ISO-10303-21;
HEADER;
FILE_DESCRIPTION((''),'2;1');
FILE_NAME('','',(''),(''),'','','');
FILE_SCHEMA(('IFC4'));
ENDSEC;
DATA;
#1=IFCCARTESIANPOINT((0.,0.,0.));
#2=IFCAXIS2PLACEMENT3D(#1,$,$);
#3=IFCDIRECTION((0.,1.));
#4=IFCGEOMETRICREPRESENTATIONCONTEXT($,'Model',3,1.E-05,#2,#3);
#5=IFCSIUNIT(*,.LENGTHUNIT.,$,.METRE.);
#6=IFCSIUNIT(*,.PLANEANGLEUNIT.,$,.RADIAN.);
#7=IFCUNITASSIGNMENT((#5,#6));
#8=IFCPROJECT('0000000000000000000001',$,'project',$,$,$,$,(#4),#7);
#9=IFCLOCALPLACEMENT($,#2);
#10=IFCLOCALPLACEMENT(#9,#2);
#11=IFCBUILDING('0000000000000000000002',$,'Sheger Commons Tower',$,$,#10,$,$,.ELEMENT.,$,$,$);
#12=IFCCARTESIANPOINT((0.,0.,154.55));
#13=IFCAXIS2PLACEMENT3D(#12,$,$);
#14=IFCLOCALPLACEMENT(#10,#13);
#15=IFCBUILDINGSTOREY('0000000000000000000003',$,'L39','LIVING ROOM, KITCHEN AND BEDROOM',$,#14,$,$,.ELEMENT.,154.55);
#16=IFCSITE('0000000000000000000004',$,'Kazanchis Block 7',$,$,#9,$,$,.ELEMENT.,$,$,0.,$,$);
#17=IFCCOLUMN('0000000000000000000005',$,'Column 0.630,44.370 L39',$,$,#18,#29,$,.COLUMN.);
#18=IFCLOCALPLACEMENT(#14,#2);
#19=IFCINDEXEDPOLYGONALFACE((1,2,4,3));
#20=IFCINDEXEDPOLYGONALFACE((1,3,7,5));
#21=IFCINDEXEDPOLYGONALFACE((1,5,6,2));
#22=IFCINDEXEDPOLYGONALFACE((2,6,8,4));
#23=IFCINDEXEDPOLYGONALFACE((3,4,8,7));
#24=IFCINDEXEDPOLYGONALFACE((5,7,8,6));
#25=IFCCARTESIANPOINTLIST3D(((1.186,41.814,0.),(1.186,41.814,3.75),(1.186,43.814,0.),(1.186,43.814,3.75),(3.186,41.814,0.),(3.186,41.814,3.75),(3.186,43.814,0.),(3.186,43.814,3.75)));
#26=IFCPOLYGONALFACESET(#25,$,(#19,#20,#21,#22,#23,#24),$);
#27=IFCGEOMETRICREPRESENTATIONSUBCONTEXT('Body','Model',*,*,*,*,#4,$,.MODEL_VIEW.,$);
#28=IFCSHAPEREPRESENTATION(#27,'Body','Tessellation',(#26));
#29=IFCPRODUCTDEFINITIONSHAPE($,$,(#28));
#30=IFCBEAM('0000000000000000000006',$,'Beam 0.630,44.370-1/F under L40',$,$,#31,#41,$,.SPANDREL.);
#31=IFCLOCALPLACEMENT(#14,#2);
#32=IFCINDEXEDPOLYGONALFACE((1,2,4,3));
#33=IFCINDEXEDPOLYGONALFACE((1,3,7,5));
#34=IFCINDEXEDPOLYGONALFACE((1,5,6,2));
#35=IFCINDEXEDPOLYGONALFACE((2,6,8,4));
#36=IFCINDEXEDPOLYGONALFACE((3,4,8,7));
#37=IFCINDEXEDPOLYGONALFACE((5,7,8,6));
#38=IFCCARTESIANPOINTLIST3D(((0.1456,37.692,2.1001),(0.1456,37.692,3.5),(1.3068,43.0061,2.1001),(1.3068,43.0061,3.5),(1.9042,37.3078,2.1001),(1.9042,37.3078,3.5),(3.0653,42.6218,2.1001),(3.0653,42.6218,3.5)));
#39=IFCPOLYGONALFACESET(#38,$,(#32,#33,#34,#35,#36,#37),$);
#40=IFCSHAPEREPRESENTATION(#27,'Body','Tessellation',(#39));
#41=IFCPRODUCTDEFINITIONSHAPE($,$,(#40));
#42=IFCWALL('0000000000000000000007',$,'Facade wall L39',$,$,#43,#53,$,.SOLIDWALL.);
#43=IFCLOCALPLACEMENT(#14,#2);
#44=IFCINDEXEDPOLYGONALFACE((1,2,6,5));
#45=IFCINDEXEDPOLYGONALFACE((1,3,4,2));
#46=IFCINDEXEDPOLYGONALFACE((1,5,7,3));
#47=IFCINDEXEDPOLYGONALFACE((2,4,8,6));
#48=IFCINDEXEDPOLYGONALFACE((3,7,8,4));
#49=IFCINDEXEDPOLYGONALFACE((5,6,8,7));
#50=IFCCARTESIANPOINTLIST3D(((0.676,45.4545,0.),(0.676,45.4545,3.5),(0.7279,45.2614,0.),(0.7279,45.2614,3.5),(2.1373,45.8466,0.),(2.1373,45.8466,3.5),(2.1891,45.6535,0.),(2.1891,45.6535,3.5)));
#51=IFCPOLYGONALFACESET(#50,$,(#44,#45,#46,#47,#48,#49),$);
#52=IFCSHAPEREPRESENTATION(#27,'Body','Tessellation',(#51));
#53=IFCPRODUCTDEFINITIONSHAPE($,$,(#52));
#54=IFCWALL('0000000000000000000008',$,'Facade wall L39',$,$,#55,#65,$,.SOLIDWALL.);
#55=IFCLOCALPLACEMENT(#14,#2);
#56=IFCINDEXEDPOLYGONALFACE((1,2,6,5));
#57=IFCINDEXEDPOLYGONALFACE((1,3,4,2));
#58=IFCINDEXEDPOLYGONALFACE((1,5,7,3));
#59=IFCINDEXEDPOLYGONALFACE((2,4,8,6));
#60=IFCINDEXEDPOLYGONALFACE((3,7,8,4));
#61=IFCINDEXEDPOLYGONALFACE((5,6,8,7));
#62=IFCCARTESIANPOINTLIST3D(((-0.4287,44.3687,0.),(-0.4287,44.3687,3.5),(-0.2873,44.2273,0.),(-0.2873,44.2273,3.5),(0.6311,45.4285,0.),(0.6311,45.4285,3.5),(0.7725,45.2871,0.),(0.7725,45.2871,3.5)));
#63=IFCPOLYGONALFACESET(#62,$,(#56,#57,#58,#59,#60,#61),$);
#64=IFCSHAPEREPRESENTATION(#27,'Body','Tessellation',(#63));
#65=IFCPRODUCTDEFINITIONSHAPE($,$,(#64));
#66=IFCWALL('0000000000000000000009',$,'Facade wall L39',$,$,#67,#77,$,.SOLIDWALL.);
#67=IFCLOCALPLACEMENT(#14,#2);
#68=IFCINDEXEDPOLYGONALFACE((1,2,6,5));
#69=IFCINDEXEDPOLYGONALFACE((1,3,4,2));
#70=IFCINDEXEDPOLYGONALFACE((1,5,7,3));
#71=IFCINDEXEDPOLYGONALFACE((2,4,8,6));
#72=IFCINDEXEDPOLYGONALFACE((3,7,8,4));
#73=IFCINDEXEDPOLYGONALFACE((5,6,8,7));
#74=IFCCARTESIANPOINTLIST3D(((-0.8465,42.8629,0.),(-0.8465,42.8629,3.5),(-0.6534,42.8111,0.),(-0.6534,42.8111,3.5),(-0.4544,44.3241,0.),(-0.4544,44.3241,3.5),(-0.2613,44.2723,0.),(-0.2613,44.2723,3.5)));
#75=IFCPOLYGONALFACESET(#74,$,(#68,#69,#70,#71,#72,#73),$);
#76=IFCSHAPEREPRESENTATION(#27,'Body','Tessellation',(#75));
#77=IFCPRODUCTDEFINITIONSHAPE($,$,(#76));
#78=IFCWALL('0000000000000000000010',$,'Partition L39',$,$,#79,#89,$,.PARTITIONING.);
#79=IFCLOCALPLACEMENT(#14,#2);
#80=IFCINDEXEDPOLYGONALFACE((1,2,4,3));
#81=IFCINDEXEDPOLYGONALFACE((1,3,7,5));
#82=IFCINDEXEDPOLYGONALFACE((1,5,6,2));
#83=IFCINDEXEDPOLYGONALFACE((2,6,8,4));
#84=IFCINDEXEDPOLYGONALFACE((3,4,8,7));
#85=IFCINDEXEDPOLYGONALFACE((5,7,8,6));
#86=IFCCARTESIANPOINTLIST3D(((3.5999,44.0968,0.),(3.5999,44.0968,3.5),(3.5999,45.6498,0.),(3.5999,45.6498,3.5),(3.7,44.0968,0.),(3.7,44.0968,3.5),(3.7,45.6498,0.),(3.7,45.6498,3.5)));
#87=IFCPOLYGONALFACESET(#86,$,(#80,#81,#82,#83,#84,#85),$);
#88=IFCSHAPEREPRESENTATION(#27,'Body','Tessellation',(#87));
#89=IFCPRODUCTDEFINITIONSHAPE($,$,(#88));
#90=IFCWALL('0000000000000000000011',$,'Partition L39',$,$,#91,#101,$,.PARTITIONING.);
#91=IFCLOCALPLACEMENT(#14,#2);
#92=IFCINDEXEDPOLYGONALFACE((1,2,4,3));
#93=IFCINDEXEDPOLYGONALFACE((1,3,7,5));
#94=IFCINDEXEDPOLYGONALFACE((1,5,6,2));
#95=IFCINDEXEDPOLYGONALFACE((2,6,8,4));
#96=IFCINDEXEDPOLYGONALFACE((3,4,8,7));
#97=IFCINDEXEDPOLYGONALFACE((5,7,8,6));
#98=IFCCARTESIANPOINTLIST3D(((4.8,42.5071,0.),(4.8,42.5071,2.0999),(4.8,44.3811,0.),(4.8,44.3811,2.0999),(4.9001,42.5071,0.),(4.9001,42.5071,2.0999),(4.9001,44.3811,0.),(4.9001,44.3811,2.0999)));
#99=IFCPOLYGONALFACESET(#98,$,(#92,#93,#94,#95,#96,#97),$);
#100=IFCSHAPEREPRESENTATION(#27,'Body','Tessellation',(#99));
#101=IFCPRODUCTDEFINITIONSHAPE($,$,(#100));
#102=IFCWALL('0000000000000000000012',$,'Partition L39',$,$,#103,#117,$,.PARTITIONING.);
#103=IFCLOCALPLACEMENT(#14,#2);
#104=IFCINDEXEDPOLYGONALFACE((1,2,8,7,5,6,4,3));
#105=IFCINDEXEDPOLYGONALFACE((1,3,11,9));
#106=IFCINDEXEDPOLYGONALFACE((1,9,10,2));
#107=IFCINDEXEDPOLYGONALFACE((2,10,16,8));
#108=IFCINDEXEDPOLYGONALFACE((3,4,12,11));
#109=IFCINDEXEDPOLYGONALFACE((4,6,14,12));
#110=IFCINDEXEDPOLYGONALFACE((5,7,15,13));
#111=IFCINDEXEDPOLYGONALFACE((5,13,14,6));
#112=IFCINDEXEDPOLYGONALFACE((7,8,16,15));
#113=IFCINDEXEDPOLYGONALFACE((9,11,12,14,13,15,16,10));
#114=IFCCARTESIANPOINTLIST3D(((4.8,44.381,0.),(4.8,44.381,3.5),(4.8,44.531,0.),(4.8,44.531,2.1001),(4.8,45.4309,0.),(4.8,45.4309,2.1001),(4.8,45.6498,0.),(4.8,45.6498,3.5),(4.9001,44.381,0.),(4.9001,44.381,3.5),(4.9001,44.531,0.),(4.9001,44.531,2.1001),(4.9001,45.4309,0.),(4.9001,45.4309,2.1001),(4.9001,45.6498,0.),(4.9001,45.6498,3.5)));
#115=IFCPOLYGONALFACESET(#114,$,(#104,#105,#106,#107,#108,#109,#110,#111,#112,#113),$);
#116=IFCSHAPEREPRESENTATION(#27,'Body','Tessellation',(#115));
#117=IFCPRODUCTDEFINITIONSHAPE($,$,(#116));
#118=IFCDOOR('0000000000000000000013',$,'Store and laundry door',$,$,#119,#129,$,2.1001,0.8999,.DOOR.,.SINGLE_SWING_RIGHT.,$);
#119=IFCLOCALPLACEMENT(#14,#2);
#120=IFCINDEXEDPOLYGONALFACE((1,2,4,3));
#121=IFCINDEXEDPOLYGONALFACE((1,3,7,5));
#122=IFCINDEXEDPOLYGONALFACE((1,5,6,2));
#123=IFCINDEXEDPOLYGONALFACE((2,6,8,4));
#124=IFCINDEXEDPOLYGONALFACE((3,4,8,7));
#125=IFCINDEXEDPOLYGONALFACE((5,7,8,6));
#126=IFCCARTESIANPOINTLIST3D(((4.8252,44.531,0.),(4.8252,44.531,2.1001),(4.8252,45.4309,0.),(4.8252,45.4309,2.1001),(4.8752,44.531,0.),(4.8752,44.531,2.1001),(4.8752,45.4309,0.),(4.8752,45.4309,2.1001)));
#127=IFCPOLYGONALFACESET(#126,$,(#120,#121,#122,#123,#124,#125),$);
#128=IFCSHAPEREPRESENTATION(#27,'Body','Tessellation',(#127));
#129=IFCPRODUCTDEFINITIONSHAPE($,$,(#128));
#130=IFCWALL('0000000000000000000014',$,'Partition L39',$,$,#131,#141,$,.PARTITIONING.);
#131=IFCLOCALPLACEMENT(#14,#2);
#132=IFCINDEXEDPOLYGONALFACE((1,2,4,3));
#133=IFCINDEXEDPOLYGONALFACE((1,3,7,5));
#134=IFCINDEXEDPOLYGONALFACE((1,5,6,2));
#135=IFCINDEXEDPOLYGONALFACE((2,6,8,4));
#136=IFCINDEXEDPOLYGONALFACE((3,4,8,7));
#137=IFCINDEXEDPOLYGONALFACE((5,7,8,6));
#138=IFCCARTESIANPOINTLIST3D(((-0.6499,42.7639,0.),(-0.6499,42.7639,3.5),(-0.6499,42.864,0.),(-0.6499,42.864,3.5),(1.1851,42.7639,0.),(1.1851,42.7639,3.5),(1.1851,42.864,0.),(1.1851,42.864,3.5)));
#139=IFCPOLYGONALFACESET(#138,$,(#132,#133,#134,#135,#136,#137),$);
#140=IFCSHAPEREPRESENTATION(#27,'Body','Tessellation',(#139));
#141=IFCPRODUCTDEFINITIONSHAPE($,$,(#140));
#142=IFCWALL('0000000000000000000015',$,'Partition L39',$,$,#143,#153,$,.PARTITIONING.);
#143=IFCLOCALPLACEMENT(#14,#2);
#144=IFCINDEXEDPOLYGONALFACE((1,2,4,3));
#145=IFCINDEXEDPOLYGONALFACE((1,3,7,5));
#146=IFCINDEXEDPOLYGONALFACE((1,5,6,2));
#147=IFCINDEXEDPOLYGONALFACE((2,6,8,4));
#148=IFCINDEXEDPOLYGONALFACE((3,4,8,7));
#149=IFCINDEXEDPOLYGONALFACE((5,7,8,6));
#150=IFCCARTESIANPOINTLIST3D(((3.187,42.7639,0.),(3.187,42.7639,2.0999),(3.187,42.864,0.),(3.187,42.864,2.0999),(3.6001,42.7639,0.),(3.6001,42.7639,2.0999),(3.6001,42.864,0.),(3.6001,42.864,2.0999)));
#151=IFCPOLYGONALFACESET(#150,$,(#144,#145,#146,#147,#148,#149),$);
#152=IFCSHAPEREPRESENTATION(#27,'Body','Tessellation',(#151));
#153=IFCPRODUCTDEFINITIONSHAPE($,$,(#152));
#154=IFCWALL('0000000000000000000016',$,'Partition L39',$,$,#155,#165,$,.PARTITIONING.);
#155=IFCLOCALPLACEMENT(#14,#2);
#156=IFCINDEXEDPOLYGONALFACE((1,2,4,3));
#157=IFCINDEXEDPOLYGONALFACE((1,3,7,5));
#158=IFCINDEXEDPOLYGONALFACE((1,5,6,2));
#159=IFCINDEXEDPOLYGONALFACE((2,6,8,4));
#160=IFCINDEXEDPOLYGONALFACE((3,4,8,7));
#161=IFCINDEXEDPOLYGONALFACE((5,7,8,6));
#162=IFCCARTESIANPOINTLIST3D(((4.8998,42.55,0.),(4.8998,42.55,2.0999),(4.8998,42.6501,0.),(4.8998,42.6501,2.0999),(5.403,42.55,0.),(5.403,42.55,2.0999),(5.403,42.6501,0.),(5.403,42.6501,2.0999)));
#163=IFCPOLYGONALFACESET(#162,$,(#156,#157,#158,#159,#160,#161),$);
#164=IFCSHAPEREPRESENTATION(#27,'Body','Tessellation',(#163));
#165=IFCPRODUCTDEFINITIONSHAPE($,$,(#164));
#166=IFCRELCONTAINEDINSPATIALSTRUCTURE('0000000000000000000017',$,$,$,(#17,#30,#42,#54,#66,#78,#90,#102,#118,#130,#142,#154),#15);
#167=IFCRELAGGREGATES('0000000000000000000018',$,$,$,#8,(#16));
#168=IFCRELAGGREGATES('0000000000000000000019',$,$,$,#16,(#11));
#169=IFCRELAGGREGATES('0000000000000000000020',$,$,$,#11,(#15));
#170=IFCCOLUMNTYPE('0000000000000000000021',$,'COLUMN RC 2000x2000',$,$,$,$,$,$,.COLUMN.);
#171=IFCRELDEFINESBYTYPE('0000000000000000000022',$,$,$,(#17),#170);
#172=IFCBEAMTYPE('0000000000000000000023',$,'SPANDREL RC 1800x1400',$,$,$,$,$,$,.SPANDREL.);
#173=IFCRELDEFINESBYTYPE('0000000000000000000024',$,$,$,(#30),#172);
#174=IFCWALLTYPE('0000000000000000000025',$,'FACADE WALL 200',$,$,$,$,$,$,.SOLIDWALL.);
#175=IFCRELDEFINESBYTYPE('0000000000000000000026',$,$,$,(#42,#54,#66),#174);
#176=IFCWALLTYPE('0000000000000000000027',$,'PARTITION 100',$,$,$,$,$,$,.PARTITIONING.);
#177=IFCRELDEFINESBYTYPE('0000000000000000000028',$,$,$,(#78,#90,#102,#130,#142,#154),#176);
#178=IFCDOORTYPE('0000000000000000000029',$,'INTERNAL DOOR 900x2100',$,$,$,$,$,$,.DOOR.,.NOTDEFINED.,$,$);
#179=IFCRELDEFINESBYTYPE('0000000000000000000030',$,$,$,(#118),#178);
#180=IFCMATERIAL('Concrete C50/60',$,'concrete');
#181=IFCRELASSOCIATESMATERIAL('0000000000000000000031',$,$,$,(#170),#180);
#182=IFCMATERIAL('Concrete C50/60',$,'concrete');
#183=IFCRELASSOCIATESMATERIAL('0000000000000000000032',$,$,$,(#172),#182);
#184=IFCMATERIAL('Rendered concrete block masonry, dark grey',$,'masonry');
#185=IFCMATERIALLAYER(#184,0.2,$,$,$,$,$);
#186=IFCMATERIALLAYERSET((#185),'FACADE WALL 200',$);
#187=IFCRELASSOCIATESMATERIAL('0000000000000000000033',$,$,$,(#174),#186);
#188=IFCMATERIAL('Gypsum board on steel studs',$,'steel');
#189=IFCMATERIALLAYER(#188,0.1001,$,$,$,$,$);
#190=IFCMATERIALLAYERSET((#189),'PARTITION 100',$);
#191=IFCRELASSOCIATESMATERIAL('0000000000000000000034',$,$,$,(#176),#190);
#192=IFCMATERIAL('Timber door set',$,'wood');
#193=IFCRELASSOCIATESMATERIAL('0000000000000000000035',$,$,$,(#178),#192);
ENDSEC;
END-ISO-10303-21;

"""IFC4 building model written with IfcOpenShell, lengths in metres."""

from ifc_helpers import new_model, si_unit, direction, frame, frame_2d, origin, origin_2d, place, context, subcontext, project, spatial, rectangle, extrude, material, layer, layer_set, material_profile, profile_set, type_object, element, fill, save


model = new_model("IFC4")

# Units and contexts
model_context = context("Model", 3, precision=1e-05, world=origin(), true_north=direction((0.0, 1.0)))
body_context = subcontext(model_context, "Body", "Model", "MODEL_VIEW")
ifc_project = project(units=[si_unit("LENGTHUNIT", "METRE"), si_unit("PLANEANGLEUNIT", "RADIAN")], contexts=[model_context])

# Site, building, storey
site_placement = place(None, origin())
site = spatial("IfcSite", under=ifc_project, at=site_placement, Name="Kazanchis Block 7", CompositionType="ELEMENT", RefElevation=0.0)
building_placement = place(site_placement, origin())
building = spatial("IfcBuilding", under=site, at=building_placement, Name="Sheger Commons Tower", CompositionType="ELEMENT")
storey_placement = place(building_placement, frame((0.0, 0.0, 154.55)))
storey = spatial("IfcBuildingStorey", under=building, at=storey_placement, Name="L39", Description="LIVING ROOM, KITCHEN AND BEDROOM", CompositionType="ELEMENT", Elevation=154.55)

# Column
ifc_material_1 = material(Name="Concrete C50/60", Category="concrete")
ifc_material_profile_1 = material_profile(ifc_material_1, rectangle(XDim=2.0, YDim=2.0, at=origin_2d()), Name="RC 2000x2000")
ifc_profile_set_1 = profile_set([ifc_material_profile_1], Name="Concrete C50/60")
column_type = type_object("IfcColumnType", Name="COLUMN RC 2000x2000", PredefinedType="COLUMN", material=ifc_profile_set_1)
column_placement = place(storey_placement, frame((2.186, 42.814, 0.0), z_axis=(0.0, 0.0, 1.0), x_axis=(1.0, 0.0, 0.0)))
element("IfcColumn", 1, at=column_placement, inside=storey, type_object=column_type, Name="Column 0.630,44.370 L39", PredefinedType="COLUMN", context=body_context, shape_type="SweptSolid", body=[
    extrude(rectangle(XDim=2.0, YDim=2.0, at=origin_2d()), origin(), (0.0, 0.0, 1.0), 3.75),
])

# Beam
ifc_material_2 = material(Name="Concrete C50/60", Category="concrete")
ifc_material_profile_2 = material_profile(ifc_material_2, rectangle(XDim=1.8, YDim=1.3999, at=origin_2d()), Name="RC 1800x1400")
ifc_profile_set_2 = profile_set([ifc_material_profile_2], Name="Concrete C50/60")
beam_type = type_object("IfcBeamType", Name="SPANDREL RC 1800x1400", PredefinedType="SPANDREL", material=ifc_profile_set_2)
beam_placement = place(storey_placement, frame((2.186, 42.814, 2.8), z_axis=(-0.213469, -0.97695, 0.0), x_axis=(0.97695, -0.213469, 0.0)))
element("IfcBeam", 2, at=beam_placement, inside=storey, type_object=beam_type, Name="Beam 0.630,44.370-1/F under L40", PredefinedType="SPANDREL", context=body_context, shape_type="SweptSolid", body=[
    extrude(rectangle(XDim=1.8, YDim=1.3999, at=origin_2d()), origin(), (0.0, 0.0, 1.0), 5.4395),
])

# Walls
ifc_material_3 = material(Name="Rendered concrete block masonry, dark grey", Category="masonry")
ifc_layer_1 = layer(ifc_material_3, 0.2)
ifc_layer_set_1 = layer_set([ifc_layer_1], Name="FACADE WALL 200")
wall_type_1 = type_object("IfcWallType", Name="FACADE WALL 200", PredefinedType="SOLIDWALL", material=ifc_layer_set_1)
wall_1_placement = place(storey_placement, frame((2.1631, 45.75, 0.0), z_axis=(0.0, 0.0, 1.0), x_axis=(-0.965832, -0.259169, 0.0)))
element("IfcWall", 3, at=wall_1_placement, inside=storey, type_object=wall_type_1, Name="Facade wall L39", PredefinedType="SOLIDWALL", context=body_context, shape_type="SweptSolid", body=[
    extrude(rectangle(XDim=1.5129, YDim=0.2, at=frame_2d((0.7563, 0.0))), origin(), (0.0, 0.0, 1.0), 3.5),
])
wall_2_placement = place(storey_placement, frame((0.7019, 45.3579, 0.0), z_axis=(0.0, 0.0, 1.0), x_axis=(-0.707107, -0.707107, 0.0)))
element("IfcWall", 4, at=wall_2_placement, inside=storey, type_object=wall_type_1, Name="Facade wall L39", PredefinedType="SOLIDWALL", context=body_context, shape_type="SweptSolid", body=[
    extrude(rectangle(XDim=1.4988, YDim=0.2, at=frame_2d((0.7495, 0.0))), origin(), (0.0, 0.0, 1.0), 3.5),
])
wall_3_placement = place(storey_placement, frame((-0.3579, 44.2981, 0.0), z_axis=(0.0, 0.0, 1.0), x_axis=(-0.259169, -0.965832, 0.0)))
element("IfcWall", 5, at=wall_3_placement, inside=storey, type_object=wall_type_1, Name="Facade wall L39", PredefinedType="SOLIDWALL", context=body_context, shape_type="SweptSolid", body=[
    extrude(rectangle(XDim=1.5129, YDim=0.2, at=frame_2d((0.7563, 0.0))), origin(), (0.0, 0.0, 1.0), 3.5),
])

# Walls
ifc_material_4 = material(Name="Gypsum board on steel studs", Category="steel")
ifc_layer_2 = layer(ifc_material_4, 0.1001)
ifc_layer_set_2 = layer_set([ifc_layer_2], Name="PARTITION 100")
wall_type_2 = type_object("IfcWallType", Name="PARTITION 100", PredefinedType="PARTITIONING", material=ifc_layer_set_2)
wall_4_placement = place(storey_placement, frame((3.6499, 44.0969, 0.0), z_axis=(0.0, 0.0, 1.0), x_axis=(0.0, 1.0, 0.0)))
element("IfcWall", 6, at=wall_4_placement, inside=storey, type_object=wall_type_2, Name="Partition L39", PredefinedType="PARTITIONING", context=body_context, shape_type="SweptSolid", body=[
    extrude(rectangle(XDim=1.553, YDim=0.1001, at=frame_2d((0.7764, 0.0))), origin(), (0.0, 0.0, 1.0), 3.5),
])
wall_5_placement = place(storey_placement, frame((4.8501, 42.5071, 0.0), z_axis=(0.0, 0.0, 1.0), x_axis=(0.0, 1.0, 0.0)))
element("IfcWall", 7, at=wall_5_placement, inside=storey, type_object=wall_type_2, Name="Partition L39", PredefinedType="PARTITIONING", context=body_context, shape_type="SweptSolid", body=[
    extrude(rectangle(XDim=1.874, YDim=0.1001, at=frame_2d((0.937, 0.0))), origin(), (0.0, 0.0, 1.0), 2.0999),
])

# Wall, opening, door
wall_6_placement = place(storey_placement, frame((4.8501, 44.3811, 0.0), z_axis=(0.0, 0.0, 1.0), x_axis=(0.0, 1.0, 0.0)))
wall_6 = element("IfcWall", 8, at=wall_6_placement, inside=storey, type_object=wall_type_2, Name="Partition L39", PredefinedType="PARTITIONING", context=body_context, shape_type="SweptSolid", body=[
    extrude(rectangle(XDim=1.2688, YDim=0.1001, at=frame_2d((0.6343, 0.0))), origin(), (0.0, 0.0, 1.0), 3.5),
])
opening_1_placement = place(wall_6_placement, frame((0.1499, 0.0, 0.0)))
opening_1 = element("IfcOpeningElement", 9, at=opening_1_placement, cuts=wall_6, PredefinedType="OPENING", context=body_context, shape_type="SweptSolid", body=[
    extrude(rectangle(XDim=0.8999, YDim=2.1001, at=frame_2d((0.45, 1.05))), frame((0.0, 0.0601, 0.0), z_axis=(0.0, -1.0, 0.0), x_axis=(1.0, 0.0, 0.0)), (0.0, 0.0, 1.0), 0.1201),
])
ifc_material_5 = material(Name="Timber door set", Category="wood")
door_type = type_object("IfcDoorType", Name="INTERNAL DOOR 900x2100", OperationType="NOTDEFINED", PredefinedType="DOOR", material=ifc_material_5)
door_1_placement = place(opening_1_placement, origin())
door_1 = element("IfcDoor", 10, at=door_1_placement, inside=storey, type_object=door_type, Name="Store and laundry door", OperationType="SINGLE_SWING_RIGHT", OverallHeight=2.1001, OverallWidth=0.8999, PredefinedType="DOOR", context=body_context, shape_type="SweptSolid", body=[
    extrude(rectangle(XDim=0.8999, YDim=2.1001, at=frame_2d((0.45, 1.05))), frame((0.0, 0.0249, 0.0), z_axis=(0.0, -1.0, 0.0), x_axis=(1.0, 0.0, 0.0)), (0.0, 0.0, 1.0), 0.05),
])
fill(opening_1, door_1)

# Walls
wall_7_placement = place(storey_placement, frame((-0.6499, 42.814, 0.0), z_axis=(0.0, 0.0, 1.0), x_axis=(1.0, 0.0, 0.0)))
element("IfcWall", 11, at=wall_7_placement, inside=storey, type_object=wall_type_2, Name="Partition L39", PredefinedType="PARTITIONING", context=body_context, shape_type="SweptSolid", body=[
    extrude(rectangle(XDim=1.835, YDim=0.1001, at=frame_2d((0.9175, 0.0))), origin(), (0.0, 0.0, 1.0), 3.5),
])
wall_8_placement = place(storey_placement, frame((3.187, 42.814, 0.0), z_axis=(0.0, 0.0, 1.0), x_axis=(1.0, 0.0, 0.0)))
element("IfcWall", 12, at=wall_8_placement, inside=storey, type_object=wall_type_2, Name="Partition L39", PredefinedType="PARTITIONING", context=body_context, shape_type="SweptSolid", body=[
    extrude(rectangle(XDim=0.4131, YDim=0.1001, at=frame_2d((0.2065, 0.0))), origin(), (0.0, 0.0, 1.0), 2.0999),
])
wall_9_placement = place(storey_placement, frame((4.8999, 42.6001, 0.0), z_axis=(0.0, 0.0, 1.0), x_axis=(1.0, 0.0, 0.0)))
element("IfcWall", 13, at=wall_9_placement, inside=storey, type_object=wall_type_2, Name="Partition L39", PredefinedType="PARTITIONING", context=body_context, shape_type="SweptSolid", body=[
    extrude(rectangle(XDim=0.5032, YDim=0.1001, at=frame_2d((0.2515, 0.0))), origin(), (0.0, 0.0, 1.0), 2.0999),
])

save(model, "model.ifc")
